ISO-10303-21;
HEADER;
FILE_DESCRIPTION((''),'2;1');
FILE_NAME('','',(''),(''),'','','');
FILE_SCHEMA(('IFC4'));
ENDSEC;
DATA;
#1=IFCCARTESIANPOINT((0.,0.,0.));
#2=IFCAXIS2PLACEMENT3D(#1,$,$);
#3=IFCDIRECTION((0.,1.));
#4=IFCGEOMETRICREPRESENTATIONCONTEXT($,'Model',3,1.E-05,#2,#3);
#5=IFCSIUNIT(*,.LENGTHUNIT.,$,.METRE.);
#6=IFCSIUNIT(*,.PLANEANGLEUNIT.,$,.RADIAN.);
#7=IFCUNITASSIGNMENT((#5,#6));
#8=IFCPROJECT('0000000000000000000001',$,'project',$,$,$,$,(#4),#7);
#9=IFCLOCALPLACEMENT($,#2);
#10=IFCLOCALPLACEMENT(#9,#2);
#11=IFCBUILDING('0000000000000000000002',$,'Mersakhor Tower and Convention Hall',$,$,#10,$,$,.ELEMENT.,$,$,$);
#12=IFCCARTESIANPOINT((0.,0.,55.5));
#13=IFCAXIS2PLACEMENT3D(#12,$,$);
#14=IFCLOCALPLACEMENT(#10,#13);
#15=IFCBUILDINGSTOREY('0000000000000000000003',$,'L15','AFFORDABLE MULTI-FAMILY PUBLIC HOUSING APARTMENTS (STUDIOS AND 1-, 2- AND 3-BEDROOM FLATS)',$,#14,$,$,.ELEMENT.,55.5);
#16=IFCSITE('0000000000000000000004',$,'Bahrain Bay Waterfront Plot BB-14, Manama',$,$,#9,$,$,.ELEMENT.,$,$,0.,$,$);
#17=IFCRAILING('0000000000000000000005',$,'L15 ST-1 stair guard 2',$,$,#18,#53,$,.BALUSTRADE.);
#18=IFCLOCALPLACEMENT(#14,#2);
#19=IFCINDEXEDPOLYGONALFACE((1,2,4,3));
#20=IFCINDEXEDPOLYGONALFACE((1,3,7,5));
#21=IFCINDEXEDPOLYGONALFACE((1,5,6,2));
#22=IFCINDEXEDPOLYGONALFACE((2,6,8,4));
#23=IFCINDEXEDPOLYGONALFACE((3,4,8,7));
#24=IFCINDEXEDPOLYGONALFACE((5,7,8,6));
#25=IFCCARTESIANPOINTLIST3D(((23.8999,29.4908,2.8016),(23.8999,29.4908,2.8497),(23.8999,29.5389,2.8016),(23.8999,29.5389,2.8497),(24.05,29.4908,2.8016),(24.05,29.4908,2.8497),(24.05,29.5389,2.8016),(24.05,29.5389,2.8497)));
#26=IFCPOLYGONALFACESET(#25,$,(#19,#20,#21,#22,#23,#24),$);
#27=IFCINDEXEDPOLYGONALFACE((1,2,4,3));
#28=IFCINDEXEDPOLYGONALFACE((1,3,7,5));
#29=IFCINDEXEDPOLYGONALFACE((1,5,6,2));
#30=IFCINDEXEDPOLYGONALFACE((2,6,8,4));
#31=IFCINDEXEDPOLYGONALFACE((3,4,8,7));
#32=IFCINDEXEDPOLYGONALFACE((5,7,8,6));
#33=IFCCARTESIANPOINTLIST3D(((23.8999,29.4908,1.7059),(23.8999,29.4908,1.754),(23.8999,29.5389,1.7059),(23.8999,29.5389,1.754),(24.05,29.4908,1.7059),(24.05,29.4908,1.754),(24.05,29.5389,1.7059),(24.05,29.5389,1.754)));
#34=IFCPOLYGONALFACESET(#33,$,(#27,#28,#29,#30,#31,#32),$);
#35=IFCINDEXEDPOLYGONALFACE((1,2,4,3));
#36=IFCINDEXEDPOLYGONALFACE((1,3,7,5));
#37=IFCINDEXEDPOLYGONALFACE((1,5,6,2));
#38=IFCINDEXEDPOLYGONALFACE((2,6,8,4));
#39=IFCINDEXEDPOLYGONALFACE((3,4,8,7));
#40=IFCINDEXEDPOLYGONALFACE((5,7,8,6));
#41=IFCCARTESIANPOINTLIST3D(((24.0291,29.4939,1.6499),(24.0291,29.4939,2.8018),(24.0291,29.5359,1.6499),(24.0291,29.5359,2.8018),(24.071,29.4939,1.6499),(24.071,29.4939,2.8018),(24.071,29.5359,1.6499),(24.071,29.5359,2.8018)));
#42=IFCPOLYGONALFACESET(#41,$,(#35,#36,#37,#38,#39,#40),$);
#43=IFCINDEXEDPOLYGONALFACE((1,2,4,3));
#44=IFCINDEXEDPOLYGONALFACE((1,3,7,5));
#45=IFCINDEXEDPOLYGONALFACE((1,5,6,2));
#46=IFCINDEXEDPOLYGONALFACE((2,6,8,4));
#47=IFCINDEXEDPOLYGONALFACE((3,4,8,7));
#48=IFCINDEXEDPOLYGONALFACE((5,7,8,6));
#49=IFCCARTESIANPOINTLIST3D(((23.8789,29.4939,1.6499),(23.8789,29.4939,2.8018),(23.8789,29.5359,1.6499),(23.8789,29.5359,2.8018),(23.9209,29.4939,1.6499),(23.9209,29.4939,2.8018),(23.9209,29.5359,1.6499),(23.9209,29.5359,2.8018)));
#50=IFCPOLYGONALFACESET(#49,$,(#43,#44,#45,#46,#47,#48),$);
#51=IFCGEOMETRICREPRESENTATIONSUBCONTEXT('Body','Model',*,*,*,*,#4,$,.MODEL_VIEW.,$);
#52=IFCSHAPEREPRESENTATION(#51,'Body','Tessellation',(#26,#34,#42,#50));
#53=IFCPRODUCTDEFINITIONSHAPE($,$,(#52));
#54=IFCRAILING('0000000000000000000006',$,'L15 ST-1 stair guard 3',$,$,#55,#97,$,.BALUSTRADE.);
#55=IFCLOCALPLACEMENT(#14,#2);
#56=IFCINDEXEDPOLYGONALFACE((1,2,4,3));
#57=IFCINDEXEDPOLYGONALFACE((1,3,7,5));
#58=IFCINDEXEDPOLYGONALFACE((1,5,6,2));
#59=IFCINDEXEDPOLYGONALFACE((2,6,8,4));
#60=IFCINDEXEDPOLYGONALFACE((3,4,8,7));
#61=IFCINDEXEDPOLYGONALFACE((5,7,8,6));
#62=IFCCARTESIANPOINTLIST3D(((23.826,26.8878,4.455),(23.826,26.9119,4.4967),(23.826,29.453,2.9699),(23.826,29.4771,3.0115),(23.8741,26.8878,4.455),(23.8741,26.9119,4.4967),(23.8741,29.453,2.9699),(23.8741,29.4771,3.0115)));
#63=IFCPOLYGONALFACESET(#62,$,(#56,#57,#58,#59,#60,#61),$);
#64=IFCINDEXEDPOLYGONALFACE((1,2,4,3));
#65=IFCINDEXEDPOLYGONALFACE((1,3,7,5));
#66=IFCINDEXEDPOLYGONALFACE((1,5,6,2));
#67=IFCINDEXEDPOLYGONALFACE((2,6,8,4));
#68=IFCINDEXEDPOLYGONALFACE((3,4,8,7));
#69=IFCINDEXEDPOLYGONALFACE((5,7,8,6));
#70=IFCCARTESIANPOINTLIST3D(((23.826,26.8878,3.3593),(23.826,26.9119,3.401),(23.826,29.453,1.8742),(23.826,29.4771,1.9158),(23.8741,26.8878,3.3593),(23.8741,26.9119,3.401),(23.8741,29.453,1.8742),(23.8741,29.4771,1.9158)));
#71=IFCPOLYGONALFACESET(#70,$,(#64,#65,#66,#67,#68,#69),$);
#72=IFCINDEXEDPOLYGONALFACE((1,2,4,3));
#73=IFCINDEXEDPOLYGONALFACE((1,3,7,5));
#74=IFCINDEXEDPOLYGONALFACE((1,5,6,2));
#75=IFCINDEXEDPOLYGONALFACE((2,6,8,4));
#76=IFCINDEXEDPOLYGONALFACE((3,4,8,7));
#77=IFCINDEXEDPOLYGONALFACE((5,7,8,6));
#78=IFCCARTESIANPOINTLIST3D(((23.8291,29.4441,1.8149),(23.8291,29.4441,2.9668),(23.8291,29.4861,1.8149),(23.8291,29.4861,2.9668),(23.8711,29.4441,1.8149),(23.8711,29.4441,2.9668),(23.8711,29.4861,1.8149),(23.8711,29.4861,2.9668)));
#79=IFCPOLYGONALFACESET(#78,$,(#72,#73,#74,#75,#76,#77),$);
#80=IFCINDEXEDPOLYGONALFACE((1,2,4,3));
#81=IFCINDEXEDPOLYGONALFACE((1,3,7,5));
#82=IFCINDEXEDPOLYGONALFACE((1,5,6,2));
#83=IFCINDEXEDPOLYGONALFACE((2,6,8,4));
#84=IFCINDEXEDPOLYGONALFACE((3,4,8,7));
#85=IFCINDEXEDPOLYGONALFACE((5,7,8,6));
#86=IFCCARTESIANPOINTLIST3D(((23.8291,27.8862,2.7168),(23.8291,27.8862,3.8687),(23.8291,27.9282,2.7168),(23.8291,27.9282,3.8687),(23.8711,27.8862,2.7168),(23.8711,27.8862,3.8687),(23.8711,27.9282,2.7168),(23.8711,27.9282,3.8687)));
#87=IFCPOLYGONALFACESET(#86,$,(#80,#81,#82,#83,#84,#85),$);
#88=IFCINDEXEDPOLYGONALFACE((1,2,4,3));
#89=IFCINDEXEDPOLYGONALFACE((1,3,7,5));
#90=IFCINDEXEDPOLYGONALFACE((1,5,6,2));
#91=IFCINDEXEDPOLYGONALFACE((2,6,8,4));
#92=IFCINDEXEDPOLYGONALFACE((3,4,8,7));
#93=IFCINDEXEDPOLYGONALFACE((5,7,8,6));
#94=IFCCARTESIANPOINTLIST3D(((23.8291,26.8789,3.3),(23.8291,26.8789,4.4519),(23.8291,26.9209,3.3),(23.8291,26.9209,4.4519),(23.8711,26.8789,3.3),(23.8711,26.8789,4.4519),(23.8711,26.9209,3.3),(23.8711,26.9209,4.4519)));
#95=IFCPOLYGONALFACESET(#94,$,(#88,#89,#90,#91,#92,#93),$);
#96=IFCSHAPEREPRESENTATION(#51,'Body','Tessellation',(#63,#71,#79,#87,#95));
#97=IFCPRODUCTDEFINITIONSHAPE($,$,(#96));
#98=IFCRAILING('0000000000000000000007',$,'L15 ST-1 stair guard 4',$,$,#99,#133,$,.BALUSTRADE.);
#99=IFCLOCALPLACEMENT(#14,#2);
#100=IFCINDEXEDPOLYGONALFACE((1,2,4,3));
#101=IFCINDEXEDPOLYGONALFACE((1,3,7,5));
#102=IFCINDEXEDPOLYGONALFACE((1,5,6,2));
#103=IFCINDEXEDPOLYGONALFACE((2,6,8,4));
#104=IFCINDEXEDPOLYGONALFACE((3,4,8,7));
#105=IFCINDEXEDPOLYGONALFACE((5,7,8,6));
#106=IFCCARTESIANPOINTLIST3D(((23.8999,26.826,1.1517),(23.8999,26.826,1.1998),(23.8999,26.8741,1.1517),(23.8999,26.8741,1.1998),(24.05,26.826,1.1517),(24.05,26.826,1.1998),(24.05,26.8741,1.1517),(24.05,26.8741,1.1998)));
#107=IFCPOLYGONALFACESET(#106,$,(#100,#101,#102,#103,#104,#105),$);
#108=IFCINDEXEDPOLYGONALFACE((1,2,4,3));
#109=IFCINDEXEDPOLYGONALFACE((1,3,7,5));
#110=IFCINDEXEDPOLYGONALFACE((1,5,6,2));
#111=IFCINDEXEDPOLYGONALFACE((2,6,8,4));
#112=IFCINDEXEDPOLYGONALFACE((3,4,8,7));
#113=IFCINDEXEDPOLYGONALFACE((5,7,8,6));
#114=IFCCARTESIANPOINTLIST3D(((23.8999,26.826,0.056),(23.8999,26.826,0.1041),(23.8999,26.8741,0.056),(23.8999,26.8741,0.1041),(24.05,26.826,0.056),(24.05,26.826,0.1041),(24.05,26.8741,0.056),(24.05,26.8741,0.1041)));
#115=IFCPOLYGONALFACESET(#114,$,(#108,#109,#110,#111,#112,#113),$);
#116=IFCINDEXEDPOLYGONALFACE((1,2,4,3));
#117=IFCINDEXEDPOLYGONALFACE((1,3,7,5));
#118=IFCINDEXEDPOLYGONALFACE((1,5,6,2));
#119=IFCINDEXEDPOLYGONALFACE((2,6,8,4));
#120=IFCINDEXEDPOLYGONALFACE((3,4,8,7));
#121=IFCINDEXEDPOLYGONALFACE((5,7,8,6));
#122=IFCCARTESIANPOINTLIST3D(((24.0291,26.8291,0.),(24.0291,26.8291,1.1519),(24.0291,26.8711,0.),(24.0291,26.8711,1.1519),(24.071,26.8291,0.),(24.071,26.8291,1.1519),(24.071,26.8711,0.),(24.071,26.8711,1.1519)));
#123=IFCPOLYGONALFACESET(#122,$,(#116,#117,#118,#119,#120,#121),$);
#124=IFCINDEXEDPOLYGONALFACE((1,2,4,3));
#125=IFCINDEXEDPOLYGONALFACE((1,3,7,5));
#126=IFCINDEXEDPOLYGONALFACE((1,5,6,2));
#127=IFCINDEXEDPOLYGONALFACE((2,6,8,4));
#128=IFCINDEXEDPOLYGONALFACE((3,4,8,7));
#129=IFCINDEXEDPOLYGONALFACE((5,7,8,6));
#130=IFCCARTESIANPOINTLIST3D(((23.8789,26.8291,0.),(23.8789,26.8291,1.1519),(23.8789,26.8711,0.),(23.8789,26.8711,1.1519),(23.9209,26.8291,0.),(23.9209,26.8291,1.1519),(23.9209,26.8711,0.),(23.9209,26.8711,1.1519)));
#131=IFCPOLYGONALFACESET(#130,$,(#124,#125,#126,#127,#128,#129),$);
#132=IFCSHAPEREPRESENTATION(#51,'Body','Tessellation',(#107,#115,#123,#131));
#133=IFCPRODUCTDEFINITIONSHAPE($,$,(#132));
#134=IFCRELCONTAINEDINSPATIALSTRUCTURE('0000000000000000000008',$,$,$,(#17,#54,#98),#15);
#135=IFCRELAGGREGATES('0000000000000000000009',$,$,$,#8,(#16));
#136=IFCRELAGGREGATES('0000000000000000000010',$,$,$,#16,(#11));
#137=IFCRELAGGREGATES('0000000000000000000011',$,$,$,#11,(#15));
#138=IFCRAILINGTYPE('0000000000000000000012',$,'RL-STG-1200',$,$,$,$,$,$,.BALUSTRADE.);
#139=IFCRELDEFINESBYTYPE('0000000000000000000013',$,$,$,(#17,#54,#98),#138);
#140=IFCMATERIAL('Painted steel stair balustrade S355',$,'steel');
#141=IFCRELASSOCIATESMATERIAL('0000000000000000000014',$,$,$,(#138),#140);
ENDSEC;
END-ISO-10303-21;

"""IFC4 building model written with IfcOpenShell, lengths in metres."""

from ifc_helpers import new_model, si_unit, direction, frame, origin, origin_2d, place, context, subcontext, project, spatial, rectangle, extrude, material, type_object, element, save


model = new_model("IFC4")

# Units and contexts
model_context = context("Model", 3, precision=1e-05, world=origin(), true_north=direction((0.0, 1.0)))
body_context = subcontext(model_context, "Body", "Model", "MODEL_VIEW")
ifc_project = project(units=[si_unit("LENGTHUNIT", "METRE"), si_unit("PLANEANGLEUNIT", "RADIAN")], contexts=[model_context])

# Site, building, storey
site_placement = place(None, origin())
site = spatial("IfcSite", under=ifc_project, at=site_placement, Name="Bahrain Bay Waterfront Plot BB-14, Manama", CompositionType="ELEMENT", RefElevation=0.0)
building_placement = place(site_placement, origin())
building = spatial("IfcBuilding", under=site, at=building_placement, Name="Mersakhor Tower and Convention Hall", CompositionType="ELEMENT")
storey_placement = place(building_placement, frame((0.0, 0.0, 55.5)))
storey = spatial("IfcBuildingStorey", under=building, at=storey_placement, Name="L15", Description="AFFORDABLE MULTI-FAMILY PUBLIC HOUSING APARTMENTS (STUDIOS AND 1-, 2- AND 3-BEDROOM FLATS)", CompositionType="ELEMENT", Elevation=55.5)

# Railings
ifc_material_1 = material(Name="Painted steel stair balustrade S355", Category="steel")
railing_type_1 = type_object("IfcRailingType", Name="RL-STG-1200", PredefinedType="BALUSTRADE", material=ifc_material_1)
railing_1_placement = place(storey_placement, frame((24.05, 29.5149, 1.6499)))
element("IfcRailing", 1, at=railing_1_placement, inside=storey, type_object=railing_type_1, Name="L15 ST-1 stair guard 2", PredefinedType="BALUSTRADE", context=body_context, shape_type="SweptSolid", body=[
    extrude(rectangle(XDim=0.0481, YDim=0.0481, at=origin_2d()), frame((0.0, 0.0, 1.1758), z_axis=(-1.0, 0.0, 0.0), x_axis=(0.0, -1.0, 0.0)), (0.0, 0.0, 1.0), 0.1501),
    extrude(rectangle(XDim=0.0481, YDim=0.0481, at=origin_2d()), frame((0.0, 0.0, 0.0801), z_axis=(-1.0, 0.0, 0.0), x_axis=(0.0, -1.0, 0.0)), (0.0, 0.0, 1.0), 0.1501),
    extrude(rectangle(XDim=0.042, YDim=0.042, at=origin_2d()), origin(), (0.0, 0.0, 1.0), 1.1519),
    extrude(rectangle(XDim=0.042, YDim=0.042, at=origin_2d()), frame((-0.1501, 0.0, 0.0)), (0.0, 0.0, 1.0), 1.1519),
])
railing_2_placement = place(storey_placement, frame((23.8501, 29.4651, 1.8149)))
element("IfcRailing", 2, at=railing_2_placement, inside=storey, type_object=railing_type_1, Name="L15 ST-1 stair guard 3", PredefinedType="BALUSTRADE", context=body_context, shape_type="SweptSolid", body=[
    extrude(rectangle(XDim=0.0481, YDim=0.0481, at=origin_2d()), frame((0.0, 0.0, 1.1758), z_axis=(0.0, -0.865426, 0.501036), x_axis=(1.0, 0.0, 0.0)), (0.0, 0.0, 1.0), 2.9641),
    extrude(rectangle(XDim=0.0481, YDim=0.0481, at=origin_2d()), frame((0.0, 0.0, 0.0801), z_axis=(0.0, -0.865426, 0.501036), x_axis=(1.0, 0.0, 0.0)), (0.0, 0.0, 1.0), 2.9641),
    extrude(rectangle(XDim=0.042, YDim=0.042, at=origin_2d()), origin(), (0.0, 0.0, 1.0), 1.1519),
    extrude(rectangle(XDim=0.042, YDim=0.042, at=origin_2d()), frame((0.0, -1.5579, 0.9019)), (0.0, 0.0, 1.0), 1.1519),
    extrude(rectangle(XDim=0.042, YDim=0.042, at=origin_2d()), frame((0.0, -2.5652, 1.4851)), (0.0, 0.0, 1.0), 1.1519),
])
railing_3_placement = place(storey_placement, frame((24.05, 26.8501, 0.0)))
element("IfcRailing", 3, at=railing_3_placement, inside=storey, type_object=railing_type_1, Name="L15 ST-1 stair guard 4", PredefinedType="BALUSTRADE", context=body_context, shape_type="SweptSolid", body=[
    extrude(rectangle(XDim=0.0481, YDim=0.0481, at=origin_2d()), frame((0.0, 0.0, 1.1758), z_axis=(-1.0, 0.0, 0.0), x_axis=(0.0, -1.0, 0.0)), (0.0, 0.0, 1.0), 0.1501),
    extrude(rectangle(XDim=0.0481, YDim=0.0481, at=origin_2d()), frame((0.0, 0.0, 0.0801), z_axis=(-1.0, 0.0, 0.0), x_axis=(0.0, -1.0, 0.0)), (0.0, 0.0, 1.0), 0.1501),
    extrude(rectangle(XDim=0.042, YDim=0.042, at=origin_2d()), origin(), (0.0, 0.0, 1.0), 1.1519),
    extrude(rectangle(XDim=0.042, YDim=0.042, at=origin_2d()), frame((-0.1501, 0.0, 0.0)), (0.0, 0.0, 1.0), 1.1519),
])

save(model, "model.ifc")
